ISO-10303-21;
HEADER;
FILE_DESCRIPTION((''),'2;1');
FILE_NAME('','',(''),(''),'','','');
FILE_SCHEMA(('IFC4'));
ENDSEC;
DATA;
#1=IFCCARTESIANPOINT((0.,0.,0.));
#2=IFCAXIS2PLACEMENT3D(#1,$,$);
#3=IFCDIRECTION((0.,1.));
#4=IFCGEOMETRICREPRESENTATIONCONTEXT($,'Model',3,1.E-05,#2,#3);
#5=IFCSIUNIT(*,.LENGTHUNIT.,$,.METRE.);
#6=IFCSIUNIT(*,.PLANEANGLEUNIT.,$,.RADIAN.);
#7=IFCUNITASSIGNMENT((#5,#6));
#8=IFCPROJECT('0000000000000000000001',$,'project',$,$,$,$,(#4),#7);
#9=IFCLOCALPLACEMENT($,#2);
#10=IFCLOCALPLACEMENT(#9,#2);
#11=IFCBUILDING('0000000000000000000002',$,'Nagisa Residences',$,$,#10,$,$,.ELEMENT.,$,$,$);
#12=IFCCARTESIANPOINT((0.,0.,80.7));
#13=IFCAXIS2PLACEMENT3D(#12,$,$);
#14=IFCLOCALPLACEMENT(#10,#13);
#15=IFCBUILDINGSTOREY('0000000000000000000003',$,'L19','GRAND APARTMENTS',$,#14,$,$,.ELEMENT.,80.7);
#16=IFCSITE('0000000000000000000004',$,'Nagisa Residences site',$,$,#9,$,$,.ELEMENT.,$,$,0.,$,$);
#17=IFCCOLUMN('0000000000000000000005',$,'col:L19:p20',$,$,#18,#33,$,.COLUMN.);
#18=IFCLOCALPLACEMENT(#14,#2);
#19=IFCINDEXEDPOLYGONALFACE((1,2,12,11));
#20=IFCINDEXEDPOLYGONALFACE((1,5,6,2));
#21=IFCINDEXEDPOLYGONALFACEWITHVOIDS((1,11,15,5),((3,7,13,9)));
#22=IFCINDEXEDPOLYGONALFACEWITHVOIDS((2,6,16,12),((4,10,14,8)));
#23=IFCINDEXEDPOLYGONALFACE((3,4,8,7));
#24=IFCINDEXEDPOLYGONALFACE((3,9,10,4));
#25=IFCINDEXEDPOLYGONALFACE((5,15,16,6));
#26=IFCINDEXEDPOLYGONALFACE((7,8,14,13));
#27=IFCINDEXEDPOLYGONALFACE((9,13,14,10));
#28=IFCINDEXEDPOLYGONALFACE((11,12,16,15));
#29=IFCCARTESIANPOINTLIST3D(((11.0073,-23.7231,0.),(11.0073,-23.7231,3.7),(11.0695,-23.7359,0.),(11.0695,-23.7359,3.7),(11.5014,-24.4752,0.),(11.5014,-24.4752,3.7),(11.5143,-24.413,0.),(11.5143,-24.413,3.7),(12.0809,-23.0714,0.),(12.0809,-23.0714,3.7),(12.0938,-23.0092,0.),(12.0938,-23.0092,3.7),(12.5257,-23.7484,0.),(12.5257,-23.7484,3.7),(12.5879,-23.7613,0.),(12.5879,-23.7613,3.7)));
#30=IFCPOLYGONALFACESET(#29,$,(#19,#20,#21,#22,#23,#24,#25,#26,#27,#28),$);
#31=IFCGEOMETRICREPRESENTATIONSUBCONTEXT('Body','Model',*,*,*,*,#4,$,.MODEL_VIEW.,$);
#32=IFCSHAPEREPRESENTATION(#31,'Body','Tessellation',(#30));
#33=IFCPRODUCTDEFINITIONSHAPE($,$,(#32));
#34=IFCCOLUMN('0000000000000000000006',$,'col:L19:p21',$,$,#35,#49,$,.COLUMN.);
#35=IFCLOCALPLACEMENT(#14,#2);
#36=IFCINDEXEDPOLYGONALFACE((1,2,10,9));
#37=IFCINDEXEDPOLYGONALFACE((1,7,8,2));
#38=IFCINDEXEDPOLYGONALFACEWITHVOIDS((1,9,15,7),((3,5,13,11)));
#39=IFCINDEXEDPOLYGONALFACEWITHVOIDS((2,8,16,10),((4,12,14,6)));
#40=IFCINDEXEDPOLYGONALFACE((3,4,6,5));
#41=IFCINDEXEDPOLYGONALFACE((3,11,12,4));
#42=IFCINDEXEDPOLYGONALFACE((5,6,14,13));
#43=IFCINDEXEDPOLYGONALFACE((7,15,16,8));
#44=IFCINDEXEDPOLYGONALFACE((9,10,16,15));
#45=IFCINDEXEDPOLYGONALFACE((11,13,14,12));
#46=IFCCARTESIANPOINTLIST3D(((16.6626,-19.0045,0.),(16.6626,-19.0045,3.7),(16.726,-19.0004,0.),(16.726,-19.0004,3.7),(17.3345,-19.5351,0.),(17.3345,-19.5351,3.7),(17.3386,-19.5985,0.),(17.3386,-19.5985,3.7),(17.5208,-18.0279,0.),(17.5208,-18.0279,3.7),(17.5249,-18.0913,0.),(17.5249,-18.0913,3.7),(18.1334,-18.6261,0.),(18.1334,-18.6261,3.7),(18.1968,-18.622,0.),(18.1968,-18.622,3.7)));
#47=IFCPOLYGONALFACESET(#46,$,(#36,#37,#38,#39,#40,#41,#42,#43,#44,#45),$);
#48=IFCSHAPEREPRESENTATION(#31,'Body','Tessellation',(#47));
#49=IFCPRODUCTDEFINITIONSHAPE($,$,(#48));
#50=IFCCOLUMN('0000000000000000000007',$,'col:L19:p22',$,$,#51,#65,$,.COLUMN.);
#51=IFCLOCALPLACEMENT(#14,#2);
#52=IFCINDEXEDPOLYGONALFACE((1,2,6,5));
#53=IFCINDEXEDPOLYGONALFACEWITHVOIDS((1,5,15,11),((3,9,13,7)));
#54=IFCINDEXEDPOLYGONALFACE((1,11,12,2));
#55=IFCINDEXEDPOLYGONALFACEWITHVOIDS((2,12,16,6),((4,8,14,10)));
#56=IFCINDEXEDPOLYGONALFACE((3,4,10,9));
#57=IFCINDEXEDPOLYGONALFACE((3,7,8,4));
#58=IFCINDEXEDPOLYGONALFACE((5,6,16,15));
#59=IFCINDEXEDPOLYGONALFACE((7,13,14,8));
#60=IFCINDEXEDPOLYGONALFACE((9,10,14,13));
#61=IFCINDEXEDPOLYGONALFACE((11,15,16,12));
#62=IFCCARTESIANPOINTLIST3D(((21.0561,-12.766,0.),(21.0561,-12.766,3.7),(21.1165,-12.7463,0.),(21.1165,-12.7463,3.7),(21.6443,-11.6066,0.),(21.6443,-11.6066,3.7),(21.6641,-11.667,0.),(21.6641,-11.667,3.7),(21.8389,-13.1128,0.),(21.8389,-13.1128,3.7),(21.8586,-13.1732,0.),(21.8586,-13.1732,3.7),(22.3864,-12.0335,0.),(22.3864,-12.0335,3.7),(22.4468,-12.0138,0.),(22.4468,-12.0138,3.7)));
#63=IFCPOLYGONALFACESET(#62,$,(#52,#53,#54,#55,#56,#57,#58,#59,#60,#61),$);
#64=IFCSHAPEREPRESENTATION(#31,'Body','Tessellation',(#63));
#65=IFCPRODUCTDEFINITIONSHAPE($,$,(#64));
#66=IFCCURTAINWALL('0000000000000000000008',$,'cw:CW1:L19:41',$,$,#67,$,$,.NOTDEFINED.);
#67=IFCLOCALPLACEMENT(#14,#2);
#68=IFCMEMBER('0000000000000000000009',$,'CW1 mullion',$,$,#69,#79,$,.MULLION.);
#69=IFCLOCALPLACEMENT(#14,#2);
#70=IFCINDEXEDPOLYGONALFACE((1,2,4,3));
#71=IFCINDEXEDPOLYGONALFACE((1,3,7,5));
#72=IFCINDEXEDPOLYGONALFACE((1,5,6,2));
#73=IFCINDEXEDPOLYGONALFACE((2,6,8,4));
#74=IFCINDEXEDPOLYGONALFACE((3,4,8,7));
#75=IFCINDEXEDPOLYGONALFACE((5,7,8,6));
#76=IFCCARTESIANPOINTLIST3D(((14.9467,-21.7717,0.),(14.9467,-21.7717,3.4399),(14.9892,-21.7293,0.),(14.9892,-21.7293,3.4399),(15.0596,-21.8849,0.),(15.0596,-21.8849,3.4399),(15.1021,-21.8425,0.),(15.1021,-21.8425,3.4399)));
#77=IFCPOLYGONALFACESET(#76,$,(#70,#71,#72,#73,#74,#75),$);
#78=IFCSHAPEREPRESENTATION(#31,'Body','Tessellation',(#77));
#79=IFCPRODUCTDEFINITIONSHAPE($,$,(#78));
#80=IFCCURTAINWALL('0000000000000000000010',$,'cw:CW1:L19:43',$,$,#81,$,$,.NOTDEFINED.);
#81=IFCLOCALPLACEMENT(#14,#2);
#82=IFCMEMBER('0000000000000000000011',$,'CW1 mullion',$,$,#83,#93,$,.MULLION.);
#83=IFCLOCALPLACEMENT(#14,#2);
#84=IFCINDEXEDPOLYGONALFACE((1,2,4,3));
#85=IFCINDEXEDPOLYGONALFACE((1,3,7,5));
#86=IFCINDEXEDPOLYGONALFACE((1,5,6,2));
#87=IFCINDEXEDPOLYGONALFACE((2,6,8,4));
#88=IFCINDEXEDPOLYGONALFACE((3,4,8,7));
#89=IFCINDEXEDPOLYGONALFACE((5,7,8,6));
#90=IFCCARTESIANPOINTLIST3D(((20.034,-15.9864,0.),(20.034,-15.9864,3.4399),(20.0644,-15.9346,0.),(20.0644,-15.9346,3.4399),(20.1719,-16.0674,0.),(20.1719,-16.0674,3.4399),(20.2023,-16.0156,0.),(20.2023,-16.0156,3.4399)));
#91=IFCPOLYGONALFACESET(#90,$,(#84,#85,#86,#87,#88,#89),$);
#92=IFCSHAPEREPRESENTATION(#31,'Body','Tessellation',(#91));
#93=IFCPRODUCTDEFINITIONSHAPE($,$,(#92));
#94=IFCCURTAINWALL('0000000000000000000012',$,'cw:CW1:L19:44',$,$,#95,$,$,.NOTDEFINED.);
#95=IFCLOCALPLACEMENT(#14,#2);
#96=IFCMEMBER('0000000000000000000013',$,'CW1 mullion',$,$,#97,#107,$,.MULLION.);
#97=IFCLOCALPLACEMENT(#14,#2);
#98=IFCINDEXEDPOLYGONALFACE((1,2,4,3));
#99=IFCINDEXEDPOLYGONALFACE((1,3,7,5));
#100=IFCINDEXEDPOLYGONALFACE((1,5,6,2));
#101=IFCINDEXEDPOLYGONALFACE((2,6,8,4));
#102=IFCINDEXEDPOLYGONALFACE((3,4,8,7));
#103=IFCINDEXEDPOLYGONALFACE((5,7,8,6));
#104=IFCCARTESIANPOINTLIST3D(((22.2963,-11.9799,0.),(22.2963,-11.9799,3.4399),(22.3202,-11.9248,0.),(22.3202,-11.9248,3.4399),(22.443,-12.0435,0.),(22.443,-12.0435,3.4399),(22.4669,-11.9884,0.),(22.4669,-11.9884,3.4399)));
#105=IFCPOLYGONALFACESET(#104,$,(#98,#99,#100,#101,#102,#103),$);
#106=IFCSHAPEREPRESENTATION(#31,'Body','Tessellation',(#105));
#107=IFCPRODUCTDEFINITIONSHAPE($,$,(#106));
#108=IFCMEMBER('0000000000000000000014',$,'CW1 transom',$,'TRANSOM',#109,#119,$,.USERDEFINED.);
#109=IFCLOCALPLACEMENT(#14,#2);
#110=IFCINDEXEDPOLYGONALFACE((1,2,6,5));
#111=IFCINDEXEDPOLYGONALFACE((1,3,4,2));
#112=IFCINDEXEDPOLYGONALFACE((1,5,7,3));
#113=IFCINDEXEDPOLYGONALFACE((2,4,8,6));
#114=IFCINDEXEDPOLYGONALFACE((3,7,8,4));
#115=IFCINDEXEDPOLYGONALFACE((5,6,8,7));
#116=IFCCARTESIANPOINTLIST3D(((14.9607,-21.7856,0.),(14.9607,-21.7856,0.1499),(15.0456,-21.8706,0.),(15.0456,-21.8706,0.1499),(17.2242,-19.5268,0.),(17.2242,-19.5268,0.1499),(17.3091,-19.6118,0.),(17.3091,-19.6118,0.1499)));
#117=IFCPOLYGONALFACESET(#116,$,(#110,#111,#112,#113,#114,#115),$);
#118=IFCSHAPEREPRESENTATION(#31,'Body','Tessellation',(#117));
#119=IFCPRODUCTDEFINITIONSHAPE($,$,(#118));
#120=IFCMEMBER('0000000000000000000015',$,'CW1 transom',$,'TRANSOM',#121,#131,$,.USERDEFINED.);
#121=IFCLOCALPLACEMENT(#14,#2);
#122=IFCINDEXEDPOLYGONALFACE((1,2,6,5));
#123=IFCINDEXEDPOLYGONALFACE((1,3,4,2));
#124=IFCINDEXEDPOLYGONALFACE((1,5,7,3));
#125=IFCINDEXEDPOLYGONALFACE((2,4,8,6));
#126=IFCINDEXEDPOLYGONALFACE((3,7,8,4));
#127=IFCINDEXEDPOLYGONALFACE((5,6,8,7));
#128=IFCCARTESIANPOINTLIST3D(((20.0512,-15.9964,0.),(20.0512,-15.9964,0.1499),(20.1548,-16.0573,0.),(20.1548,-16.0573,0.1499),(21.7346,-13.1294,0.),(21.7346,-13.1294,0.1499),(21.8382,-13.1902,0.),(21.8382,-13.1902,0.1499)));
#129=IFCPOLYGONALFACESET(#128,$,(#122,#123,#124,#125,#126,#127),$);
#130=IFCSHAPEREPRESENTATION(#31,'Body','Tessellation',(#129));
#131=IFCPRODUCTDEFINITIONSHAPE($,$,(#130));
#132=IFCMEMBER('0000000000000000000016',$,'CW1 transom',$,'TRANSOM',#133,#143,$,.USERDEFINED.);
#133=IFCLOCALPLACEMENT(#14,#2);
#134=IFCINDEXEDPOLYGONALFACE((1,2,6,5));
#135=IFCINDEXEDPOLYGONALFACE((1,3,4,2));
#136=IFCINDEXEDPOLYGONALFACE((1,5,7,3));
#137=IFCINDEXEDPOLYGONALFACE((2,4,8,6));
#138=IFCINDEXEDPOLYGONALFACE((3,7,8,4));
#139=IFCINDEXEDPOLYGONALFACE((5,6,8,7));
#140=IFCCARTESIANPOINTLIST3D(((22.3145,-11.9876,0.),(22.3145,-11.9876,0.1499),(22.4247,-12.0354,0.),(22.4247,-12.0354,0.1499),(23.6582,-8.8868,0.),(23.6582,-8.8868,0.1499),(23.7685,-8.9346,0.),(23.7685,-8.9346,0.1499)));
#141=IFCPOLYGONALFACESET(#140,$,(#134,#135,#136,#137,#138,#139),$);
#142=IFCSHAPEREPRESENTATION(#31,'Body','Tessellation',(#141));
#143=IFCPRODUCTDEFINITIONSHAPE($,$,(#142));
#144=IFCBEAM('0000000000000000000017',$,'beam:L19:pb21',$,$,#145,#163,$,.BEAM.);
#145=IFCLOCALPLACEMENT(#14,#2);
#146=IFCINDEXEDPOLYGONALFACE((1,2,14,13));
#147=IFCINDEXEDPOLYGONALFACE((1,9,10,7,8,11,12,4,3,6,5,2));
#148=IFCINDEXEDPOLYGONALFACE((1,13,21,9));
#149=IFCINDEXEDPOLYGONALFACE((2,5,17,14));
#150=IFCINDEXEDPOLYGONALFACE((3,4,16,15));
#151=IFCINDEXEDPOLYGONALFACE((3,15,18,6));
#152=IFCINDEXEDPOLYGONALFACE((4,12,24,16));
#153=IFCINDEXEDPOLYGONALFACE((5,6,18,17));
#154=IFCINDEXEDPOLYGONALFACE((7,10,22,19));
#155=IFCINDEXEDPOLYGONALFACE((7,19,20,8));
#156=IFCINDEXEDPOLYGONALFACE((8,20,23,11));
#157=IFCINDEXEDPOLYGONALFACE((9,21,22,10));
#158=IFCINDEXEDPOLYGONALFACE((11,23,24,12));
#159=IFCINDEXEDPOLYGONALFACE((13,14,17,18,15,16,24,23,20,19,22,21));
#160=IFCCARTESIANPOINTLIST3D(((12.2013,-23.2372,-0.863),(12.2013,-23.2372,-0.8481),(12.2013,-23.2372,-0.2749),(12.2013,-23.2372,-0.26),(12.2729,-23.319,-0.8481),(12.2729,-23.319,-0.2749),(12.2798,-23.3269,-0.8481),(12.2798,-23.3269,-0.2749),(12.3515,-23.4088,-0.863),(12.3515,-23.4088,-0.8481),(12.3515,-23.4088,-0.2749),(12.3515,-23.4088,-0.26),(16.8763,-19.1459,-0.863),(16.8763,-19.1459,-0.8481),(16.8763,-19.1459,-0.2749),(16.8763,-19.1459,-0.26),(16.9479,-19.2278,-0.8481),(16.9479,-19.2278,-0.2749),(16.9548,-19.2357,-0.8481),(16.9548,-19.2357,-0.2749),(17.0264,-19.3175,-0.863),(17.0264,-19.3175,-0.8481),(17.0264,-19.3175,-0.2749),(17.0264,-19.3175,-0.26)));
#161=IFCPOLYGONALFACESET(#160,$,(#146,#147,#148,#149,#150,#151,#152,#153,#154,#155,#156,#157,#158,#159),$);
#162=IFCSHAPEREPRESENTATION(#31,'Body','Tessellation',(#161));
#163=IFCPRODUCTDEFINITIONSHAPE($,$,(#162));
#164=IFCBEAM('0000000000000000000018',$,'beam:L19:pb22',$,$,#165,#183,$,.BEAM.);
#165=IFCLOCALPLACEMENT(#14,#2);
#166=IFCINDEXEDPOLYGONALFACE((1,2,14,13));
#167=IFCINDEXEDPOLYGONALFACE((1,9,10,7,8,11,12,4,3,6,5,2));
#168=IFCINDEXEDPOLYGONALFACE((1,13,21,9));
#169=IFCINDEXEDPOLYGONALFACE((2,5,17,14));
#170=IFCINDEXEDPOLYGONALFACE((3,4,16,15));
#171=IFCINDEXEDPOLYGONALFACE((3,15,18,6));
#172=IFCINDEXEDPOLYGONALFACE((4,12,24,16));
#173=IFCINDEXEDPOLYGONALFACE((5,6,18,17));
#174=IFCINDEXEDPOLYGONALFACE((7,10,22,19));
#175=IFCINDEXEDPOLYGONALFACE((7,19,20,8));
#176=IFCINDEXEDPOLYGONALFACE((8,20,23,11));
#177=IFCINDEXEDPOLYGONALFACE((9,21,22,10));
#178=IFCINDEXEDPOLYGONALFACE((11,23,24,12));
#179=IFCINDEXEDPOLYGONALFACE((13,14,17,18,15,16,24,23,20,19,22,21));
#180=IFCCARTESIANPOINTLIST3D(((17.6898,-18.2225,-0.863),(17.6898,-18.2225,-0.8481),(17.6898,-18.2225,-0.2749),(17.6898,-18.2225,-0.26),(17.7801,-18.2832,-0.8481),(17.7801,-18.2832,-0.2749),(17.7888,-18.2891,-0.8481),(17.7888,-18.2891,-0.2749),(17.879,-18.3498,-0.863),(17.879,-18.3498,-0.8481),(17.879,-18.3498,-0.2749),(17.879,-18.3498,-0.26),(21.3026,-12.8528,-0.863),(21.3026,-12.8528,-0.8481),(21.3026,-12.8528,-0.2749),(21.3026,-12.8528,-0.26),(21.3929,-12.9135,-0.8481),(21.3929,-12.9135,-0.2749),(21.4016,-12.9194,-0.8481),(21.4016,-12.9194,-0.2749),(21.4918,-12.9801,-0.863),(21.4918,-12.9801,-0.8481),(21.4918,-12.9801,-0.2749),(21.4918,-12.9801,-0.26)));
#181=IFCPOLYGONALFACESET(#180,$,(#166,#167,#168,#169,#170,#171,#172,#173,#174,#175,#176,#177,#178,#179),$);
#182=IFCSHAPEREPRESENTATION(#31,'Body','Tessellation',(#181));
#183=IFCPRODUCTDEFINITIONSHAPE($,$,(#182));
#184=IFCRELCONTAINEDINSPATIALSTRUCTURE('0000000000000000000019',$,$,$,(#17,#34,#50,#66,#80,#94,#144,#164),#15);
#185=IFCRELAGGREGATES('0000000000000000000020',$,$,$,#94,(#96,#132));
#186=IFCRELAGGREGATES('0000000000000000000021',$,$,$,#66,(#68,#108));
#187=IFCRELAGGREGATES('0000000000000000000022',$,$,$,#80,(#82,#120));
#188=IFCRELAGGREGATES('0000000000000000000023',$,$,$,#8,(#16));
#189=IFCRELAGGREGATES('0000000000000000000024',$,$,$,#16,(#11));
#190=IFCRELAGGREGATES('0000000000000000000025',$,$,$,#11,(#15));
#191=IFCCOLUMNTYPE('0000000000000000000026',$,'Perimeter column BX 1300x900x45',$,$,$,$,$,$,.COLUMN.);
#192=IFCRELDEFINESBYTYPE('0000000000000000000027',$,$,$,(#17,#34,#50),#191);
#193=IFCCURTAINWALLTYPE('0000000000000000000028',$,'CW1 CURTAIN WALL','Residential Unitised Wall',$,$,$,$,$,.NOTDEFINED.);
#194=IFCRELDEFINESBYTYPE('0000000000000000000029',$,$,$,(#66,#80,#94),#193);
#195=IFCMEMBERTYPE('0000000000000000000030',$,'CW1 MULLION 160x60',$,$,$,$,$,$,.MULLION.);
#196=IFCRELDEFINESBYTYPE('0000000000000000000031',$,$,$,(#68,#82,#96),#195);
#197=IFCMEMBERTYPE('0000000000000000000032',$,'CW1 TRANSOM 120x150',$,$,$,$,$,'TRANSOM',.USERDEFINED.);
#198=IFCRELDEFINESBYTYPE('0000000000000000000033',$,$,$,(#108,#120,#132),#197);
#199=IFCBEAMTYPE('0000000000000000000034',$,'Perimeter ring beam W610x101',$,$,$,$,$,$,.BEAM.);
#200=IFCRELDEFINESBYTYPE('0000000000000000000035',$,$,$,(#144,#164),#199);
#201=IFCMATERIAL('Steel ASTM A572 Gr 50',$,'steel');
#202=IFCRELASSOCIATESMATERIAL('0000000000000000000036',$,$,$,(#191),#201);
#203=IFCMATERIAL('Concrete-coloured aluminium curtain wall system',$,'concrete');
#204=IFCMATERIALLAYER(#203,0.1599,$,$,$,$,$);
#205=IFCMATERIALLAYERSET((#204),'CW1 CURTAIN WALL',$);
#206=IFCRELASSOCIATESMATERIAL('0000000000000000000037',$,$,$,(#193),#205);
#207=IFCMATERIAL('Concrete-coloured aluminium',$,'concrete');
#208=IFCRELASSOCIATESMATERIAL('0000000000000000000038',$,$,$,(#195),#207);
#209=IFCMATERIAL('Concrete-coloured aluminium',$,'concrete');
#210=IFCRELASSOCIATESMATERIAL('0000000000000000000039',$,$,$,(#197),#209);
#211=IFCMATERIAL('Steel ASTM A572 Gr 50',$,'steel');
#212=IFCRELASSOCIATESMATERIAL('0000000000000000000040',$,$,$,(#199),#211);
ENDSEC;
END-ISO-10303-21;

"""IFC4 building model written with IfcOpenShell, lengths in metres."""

from ifc_helpers import new_model, si_unit, direction, frame, origin, origin_2d, place, context, subcontext, project, spatial, rectangle, hollow_rectangle, i_section, extrude, material, layer, layer_set, material_profile, profile_set, type_object, element, aggregate, save


model = new_model("IFC4")

# Units and contexts
model_context = context("Model", 3, precision=1e-05, world=origin(), true_north=direction((0.0, 1.0)))
body_context = subcontext(model_context, "Body", "Model", "MODEL_VIEW")
ifc_project = project(units=[si_unit("LENGTHUNIT", "METRE"), si_unit("PLANEANGLEUNIT", "RADIAN")], contexts=[model_context])

# Site, building, storey
site_placement = place(None, origin())
site = spatial("IfcSite", under=ifc_project, at=site_placement, Name="Nagisa Residences site", CompositionType="ELEMENT", RefElevation=0.0)
building_placement = place(site_placement, origin())
building = spatial("IfcBuilding", under=site, at=building_placement, Name="Nagisa Residences", CompositionType="ELEMENT")
storey_placement = place(building_placement, frame((0.0, 0.0, 80.7)))
storey = spatial("IfcBuildingStorey", under=building, at=storey_placement, Name="L19", Description="GRAND APARTMENTS", CompositionType="ELEMENT", Elevation=80.7)

# Columns
ifc_material_1 = material(Name="Steel ASTM A572 Gr 50", Category="steel")
ifc_material_profile_1 = material_profile(ifc_material_1, hollow_rectangle(XDim=1.3, YDim=0.8999, WallThickness=0.0449, at=origin_2d()), Name="BX 1300x900x45")
ifc_profile_set_1 = profile_set([ifc_material_profile_1], Name="Steel ASTM A572 Gr 50")
column_type = type_object("IfcColumnType", Name="Perimeter column BX 1300x900x45", PredefinedType="COLUMN", material=ifc_profile_set_1)
for number, where, z_axis, x_axis, name in (
    (1, (11.7976, -23.7422, 0.0), (0.0, 0.0, 1.0), (0.835766, 0.549086, 0.0), "col:L19:p20"),
    (2, (17.4297, -18.8132, 0.0), (0.0, 0.0, 1.0), (0.660115, 0.751165, 0.0), "col:L19:p21"),
    (3, (21.7515, -12.3899, 0.0), (0.0, 0.0, 1.0), (0.452463, 0.891783, 0.0), "col:L19:p22"),
):
    element("IfcColumn", number, at=place(storey_placement, frame(where, z_axis=z_axis, x_axis=x_axis)), inside=storey, type_object=column_type, Name=name, PredefinedType="COLUMN", context=body_context, shape_type="SweptSolid", body=[
        extrude(hollow_rectangle(XDim=1.3, YDim=0.8999, WallThickness=0.0449, at=origin_2d()), origin(), (0.0, 0.0, 1.0), 3.7),
    ])

# Curtain walls, members
ifc_material_2 = material(Name="Concrete-coloured aluminium curtain wall system", Category="concrete")
ifc_layer_1 = layer(ifc_material_2, 0.1599)
ifc_layer_set_1 = layer_set([ifc_layer_1], Name="CW1 CURTAIN WALL")
curtain_wall_type = type_object("IfcCurtainWallType", Name="CW1 CURTAIN WALL", Description="Residential Unitised Wall", PredefinedType="NOTDEFINED", material=ifc_layer_set_1)
curtain_wall_1_placement = place(storey_placement, origin())
curtain_wall_1 = element("IfcCurtainWall", 4, at=curtain_wall_1_placement, inside=storey, type_object=curtain_wall_type, Name="cw:CW1:L19:41", PredefinedType="NOTDEFINED")
ifc_material_3 = material(Name="Concrete-coloured aluminium", Category="concrete")
ifc_material_profile_2 = material_profile(ifc_material_3, rectangle(XDim=0.1599, YDim=0.0601, at=origin_2d()), Name="CW1 MULLION 160x60")
ifc_profile_set_2 = profile_set([ifc_material_profile_2], Name="Concrete-coloured aluminium")
member_type_1 = type_object("IfcMemberType", Name="CW1 MULLION 160x60", PredefinedType="MULLION", material=ifc_profile_set_2)
member_1_placement = place(storey_placement, frame((15.0244, -21.8071, 0.0), z_axis=(0.0, 0.0, 1.0), x_axis=(-0.706377, 0.707836, 0.0)))
member_1 = element("IfcMember", 5, at=member_1_placement, type_object=member_type_1, Name="CW1 mullion", PredefinedType="MULLION", context=body_context, shape_type="SweptSolid", body=[
    extrude(rectangle(XDim=0.1599, YDim=0.0601, at=origin_2d()), origin(), (0.0, 0.0, 1.0), 3.4399),
])
curtain_wall_2_placement = place(storey_placement, origin())
curtain_wall_2 = element("IfcCurtainWall", 6, at=curtain_wall_2_placement, inside=storey, type_object=curtain_wall_type, Name="cw:CW1:L19:43", PredefinedType="NOTDEFINED")
member_2_placement = place(storey_placement, frame((20.1182, -16.001, 0.0), z_axis=(0.0, 0.0, 1.0), x_axis=(-0.862329, 0.506349, 0.0)))
member_2 = element("IfcMember", 7, at=member_2_placement, type_object=member_type_1, Name="CW1 mullion", PredefinedType="MULLION", context=body_context, shape_type="SweptSolid", body=[
    extrude(rectangle(XDim=0.1599, YDim=0.0601, at=origin_2d()), origin(), (0.0, 0.0, 1.0), 3.4399),
])
curtain_wall_3_placement = place(storey_placement, origin())
curtain_wall_3 = element("IfcCurtainWall", 8, at=curtain_wall_3_placement, inside=storey, type_object=curtain_wall_type, Name="cw:CW1:L19:44", PredefinedType="NOTDEFINED")
member_3_placement = place(storey_placement, frame((22.3816, -11.9841, 0.0), z_axis=(0.0, 0.0, 1.0), x_axis=(-0.917543, 0.397636, 0.0)))
member_3 = element("IfcMember", 9, at=member_3_placement, type_object=member_type_1, Name="CW1 mullion", PredefinedType="MULLION", context=body_context, shape_type="SweptSolid", body=[
    extrude(rectangle(XDim=0.1599, YDim=0.0601, at=origin_2d()), origin(), (0.0, 0.0, 1.0), 3.4399),
])

# Members
ifc_material_4 = material(Name="Concrete-coloured aluminium", Category="concrete")
ifc_material_profile_3 = material_profile(ifc_material_4, rectangle(XDim=0.1201, YDim=0.1499, at=origin_2d()), Name="CW1 TRANSOM 120x150")
ifc_profile_set_3 = profile_set([ifc_material_profile_3], Name="Concrete-coloured aluminium")
member_type_2 = type_object("IfcMemberType", Name="CW1 TRANSOM 120x150", ElementType="TRANSOM", PredefinedType="USERDEFINED", material=ifc_profile_set_3)
member_4_placement = place(storey_placement, frame((15.0032, -21.8281, 0.075), z_axis=(0.707832, 0.706381, 0.0), x_axis=(-0.706381, 0.707832, 0.0)))
member_4 = element("IfcMember", 10, at=member_4_placement, type_object=member_type_2, Name="CW1 transom", ObjectType="TRANSOM", PredefinedType="USERDEFINED", context=body_context, shape_type="SweptSolid", body=[
    extrude(rectangle(XDim=0.1201, YDim=0.1499, at=origin_2d()), origin(), (0.0, 0.0, 1.0), 3.1978),
])
member_5_placement = place(storey_placement, frame((20.103, -16.0269, 0.075), z_axis=(0.50633, 0.86234, 0.0), x_axis=(-0.86234, 0.50633, 0.0)))
member_5 = element("IfcMember", 11, at=member_5_placement, type_object=member_type_2, Name="CW1 transom", ObjectType="TRANSOM", PredefinedType="USERDEFINED", context=body_context, shape_type="SweptSolid", body=[
    extrude(rectangle(XDim=0.1201, YDim=0.1499, at=origin_2d()), origin(), (0.0, 0.0, 1.0), 3.3247),
])
member_6_placement = place(storey_placement, frame((22.3696, -12.0115, 0.075), z_axis=(0.397622, 0.917549, 0.0), x_axis=(-0.917549, 0.397622, 0.0)))
member_6 = element("IfcMember", 12, at=member_6_placement, type_object=member_type_2, Name="CW1 transom", ObjectType="TRANSOM", PredefinedType="USERDEFINED", context=body_context, shape_type="SweptSolid", body=[
    extrude(rectangle(XDim=0.1201, YDim=0.1499, at=origin_2d()), origin(), (0.0, 0.0, 1.0), 3.3794),
])
aggregate(curtain_wall_3, [member_3, member_6])

# Beams
ifc_material_5 = material(Name="Steel ASTM A572 Gr 50", Category="steel")
ifc_material_profile_4 = material_profile(ifc_material_5, i_section(OverallWidth=0.228, OverallDepth=0.603, WebThickness=0.0105, FlangeThickness=0.0149, at=origin_2d()), Name="W610x101")
ifc_profile_set_4 = profile_set([ifc_material_profile_4], Name="Steel ASTM A572 Gr 50")
beam_type_1 = type_object("IfcBeamType", Name="Perimeter ring beam W610x101", PredefinedType="BEAM", material=ifc_profile_set_4)
beam_1_placement = place(storey_placement, frame((12.2764, -23.323, -0.5615), z_axis=(0.752526, 0.658563, 0.0), x_axis=(-0.658563, 0.752526, 0.0)))
element("IfcBeam", 13, at=beam_1_placement, inside=storey, type_object=beam_type_1, Name="beam:L19:pb21", PredefinedType="BEAM", context=body_context, shape_type="SweptSolid", body=[
    extrude(i_section(OverallWidth=0.228, OverallDepth=0.603, WebThickness=0.0105, FlangeThickness=0.0149, at=origin_2d()), origin(), (0.0, 0.0, 1.0), 6.2124),
])
beam_2_placement = place(storey_placement, frame((17.7844, -18.2861, -0.5615), z_axis=(0.55823, 0.829687, 0.0), x_axis=(-0.829687, 0.55823, 0.0)))
element("IfcBeam", 14, at=beam_2_placement, inside=storey, type_object=beam_type_1, Name="beam:L19:pb22", PredefinedType="BEAM", context=body_context, shape_type="SweptSolid", body=[
    extrude(i_section(OverallWidth=0.228, OverallDepth=0.603, WebThickness=0.0105, FlangeThickness=0.0149, at=origin_2d()), origin(), (0.0, 0.0, 1.0), 6.4719),
])

aggregate(curtain_wall_1, [member_1, member_4])
aggregate(curtain_wall_2, [member_2, member_5])

save(model, "model.ifc")
